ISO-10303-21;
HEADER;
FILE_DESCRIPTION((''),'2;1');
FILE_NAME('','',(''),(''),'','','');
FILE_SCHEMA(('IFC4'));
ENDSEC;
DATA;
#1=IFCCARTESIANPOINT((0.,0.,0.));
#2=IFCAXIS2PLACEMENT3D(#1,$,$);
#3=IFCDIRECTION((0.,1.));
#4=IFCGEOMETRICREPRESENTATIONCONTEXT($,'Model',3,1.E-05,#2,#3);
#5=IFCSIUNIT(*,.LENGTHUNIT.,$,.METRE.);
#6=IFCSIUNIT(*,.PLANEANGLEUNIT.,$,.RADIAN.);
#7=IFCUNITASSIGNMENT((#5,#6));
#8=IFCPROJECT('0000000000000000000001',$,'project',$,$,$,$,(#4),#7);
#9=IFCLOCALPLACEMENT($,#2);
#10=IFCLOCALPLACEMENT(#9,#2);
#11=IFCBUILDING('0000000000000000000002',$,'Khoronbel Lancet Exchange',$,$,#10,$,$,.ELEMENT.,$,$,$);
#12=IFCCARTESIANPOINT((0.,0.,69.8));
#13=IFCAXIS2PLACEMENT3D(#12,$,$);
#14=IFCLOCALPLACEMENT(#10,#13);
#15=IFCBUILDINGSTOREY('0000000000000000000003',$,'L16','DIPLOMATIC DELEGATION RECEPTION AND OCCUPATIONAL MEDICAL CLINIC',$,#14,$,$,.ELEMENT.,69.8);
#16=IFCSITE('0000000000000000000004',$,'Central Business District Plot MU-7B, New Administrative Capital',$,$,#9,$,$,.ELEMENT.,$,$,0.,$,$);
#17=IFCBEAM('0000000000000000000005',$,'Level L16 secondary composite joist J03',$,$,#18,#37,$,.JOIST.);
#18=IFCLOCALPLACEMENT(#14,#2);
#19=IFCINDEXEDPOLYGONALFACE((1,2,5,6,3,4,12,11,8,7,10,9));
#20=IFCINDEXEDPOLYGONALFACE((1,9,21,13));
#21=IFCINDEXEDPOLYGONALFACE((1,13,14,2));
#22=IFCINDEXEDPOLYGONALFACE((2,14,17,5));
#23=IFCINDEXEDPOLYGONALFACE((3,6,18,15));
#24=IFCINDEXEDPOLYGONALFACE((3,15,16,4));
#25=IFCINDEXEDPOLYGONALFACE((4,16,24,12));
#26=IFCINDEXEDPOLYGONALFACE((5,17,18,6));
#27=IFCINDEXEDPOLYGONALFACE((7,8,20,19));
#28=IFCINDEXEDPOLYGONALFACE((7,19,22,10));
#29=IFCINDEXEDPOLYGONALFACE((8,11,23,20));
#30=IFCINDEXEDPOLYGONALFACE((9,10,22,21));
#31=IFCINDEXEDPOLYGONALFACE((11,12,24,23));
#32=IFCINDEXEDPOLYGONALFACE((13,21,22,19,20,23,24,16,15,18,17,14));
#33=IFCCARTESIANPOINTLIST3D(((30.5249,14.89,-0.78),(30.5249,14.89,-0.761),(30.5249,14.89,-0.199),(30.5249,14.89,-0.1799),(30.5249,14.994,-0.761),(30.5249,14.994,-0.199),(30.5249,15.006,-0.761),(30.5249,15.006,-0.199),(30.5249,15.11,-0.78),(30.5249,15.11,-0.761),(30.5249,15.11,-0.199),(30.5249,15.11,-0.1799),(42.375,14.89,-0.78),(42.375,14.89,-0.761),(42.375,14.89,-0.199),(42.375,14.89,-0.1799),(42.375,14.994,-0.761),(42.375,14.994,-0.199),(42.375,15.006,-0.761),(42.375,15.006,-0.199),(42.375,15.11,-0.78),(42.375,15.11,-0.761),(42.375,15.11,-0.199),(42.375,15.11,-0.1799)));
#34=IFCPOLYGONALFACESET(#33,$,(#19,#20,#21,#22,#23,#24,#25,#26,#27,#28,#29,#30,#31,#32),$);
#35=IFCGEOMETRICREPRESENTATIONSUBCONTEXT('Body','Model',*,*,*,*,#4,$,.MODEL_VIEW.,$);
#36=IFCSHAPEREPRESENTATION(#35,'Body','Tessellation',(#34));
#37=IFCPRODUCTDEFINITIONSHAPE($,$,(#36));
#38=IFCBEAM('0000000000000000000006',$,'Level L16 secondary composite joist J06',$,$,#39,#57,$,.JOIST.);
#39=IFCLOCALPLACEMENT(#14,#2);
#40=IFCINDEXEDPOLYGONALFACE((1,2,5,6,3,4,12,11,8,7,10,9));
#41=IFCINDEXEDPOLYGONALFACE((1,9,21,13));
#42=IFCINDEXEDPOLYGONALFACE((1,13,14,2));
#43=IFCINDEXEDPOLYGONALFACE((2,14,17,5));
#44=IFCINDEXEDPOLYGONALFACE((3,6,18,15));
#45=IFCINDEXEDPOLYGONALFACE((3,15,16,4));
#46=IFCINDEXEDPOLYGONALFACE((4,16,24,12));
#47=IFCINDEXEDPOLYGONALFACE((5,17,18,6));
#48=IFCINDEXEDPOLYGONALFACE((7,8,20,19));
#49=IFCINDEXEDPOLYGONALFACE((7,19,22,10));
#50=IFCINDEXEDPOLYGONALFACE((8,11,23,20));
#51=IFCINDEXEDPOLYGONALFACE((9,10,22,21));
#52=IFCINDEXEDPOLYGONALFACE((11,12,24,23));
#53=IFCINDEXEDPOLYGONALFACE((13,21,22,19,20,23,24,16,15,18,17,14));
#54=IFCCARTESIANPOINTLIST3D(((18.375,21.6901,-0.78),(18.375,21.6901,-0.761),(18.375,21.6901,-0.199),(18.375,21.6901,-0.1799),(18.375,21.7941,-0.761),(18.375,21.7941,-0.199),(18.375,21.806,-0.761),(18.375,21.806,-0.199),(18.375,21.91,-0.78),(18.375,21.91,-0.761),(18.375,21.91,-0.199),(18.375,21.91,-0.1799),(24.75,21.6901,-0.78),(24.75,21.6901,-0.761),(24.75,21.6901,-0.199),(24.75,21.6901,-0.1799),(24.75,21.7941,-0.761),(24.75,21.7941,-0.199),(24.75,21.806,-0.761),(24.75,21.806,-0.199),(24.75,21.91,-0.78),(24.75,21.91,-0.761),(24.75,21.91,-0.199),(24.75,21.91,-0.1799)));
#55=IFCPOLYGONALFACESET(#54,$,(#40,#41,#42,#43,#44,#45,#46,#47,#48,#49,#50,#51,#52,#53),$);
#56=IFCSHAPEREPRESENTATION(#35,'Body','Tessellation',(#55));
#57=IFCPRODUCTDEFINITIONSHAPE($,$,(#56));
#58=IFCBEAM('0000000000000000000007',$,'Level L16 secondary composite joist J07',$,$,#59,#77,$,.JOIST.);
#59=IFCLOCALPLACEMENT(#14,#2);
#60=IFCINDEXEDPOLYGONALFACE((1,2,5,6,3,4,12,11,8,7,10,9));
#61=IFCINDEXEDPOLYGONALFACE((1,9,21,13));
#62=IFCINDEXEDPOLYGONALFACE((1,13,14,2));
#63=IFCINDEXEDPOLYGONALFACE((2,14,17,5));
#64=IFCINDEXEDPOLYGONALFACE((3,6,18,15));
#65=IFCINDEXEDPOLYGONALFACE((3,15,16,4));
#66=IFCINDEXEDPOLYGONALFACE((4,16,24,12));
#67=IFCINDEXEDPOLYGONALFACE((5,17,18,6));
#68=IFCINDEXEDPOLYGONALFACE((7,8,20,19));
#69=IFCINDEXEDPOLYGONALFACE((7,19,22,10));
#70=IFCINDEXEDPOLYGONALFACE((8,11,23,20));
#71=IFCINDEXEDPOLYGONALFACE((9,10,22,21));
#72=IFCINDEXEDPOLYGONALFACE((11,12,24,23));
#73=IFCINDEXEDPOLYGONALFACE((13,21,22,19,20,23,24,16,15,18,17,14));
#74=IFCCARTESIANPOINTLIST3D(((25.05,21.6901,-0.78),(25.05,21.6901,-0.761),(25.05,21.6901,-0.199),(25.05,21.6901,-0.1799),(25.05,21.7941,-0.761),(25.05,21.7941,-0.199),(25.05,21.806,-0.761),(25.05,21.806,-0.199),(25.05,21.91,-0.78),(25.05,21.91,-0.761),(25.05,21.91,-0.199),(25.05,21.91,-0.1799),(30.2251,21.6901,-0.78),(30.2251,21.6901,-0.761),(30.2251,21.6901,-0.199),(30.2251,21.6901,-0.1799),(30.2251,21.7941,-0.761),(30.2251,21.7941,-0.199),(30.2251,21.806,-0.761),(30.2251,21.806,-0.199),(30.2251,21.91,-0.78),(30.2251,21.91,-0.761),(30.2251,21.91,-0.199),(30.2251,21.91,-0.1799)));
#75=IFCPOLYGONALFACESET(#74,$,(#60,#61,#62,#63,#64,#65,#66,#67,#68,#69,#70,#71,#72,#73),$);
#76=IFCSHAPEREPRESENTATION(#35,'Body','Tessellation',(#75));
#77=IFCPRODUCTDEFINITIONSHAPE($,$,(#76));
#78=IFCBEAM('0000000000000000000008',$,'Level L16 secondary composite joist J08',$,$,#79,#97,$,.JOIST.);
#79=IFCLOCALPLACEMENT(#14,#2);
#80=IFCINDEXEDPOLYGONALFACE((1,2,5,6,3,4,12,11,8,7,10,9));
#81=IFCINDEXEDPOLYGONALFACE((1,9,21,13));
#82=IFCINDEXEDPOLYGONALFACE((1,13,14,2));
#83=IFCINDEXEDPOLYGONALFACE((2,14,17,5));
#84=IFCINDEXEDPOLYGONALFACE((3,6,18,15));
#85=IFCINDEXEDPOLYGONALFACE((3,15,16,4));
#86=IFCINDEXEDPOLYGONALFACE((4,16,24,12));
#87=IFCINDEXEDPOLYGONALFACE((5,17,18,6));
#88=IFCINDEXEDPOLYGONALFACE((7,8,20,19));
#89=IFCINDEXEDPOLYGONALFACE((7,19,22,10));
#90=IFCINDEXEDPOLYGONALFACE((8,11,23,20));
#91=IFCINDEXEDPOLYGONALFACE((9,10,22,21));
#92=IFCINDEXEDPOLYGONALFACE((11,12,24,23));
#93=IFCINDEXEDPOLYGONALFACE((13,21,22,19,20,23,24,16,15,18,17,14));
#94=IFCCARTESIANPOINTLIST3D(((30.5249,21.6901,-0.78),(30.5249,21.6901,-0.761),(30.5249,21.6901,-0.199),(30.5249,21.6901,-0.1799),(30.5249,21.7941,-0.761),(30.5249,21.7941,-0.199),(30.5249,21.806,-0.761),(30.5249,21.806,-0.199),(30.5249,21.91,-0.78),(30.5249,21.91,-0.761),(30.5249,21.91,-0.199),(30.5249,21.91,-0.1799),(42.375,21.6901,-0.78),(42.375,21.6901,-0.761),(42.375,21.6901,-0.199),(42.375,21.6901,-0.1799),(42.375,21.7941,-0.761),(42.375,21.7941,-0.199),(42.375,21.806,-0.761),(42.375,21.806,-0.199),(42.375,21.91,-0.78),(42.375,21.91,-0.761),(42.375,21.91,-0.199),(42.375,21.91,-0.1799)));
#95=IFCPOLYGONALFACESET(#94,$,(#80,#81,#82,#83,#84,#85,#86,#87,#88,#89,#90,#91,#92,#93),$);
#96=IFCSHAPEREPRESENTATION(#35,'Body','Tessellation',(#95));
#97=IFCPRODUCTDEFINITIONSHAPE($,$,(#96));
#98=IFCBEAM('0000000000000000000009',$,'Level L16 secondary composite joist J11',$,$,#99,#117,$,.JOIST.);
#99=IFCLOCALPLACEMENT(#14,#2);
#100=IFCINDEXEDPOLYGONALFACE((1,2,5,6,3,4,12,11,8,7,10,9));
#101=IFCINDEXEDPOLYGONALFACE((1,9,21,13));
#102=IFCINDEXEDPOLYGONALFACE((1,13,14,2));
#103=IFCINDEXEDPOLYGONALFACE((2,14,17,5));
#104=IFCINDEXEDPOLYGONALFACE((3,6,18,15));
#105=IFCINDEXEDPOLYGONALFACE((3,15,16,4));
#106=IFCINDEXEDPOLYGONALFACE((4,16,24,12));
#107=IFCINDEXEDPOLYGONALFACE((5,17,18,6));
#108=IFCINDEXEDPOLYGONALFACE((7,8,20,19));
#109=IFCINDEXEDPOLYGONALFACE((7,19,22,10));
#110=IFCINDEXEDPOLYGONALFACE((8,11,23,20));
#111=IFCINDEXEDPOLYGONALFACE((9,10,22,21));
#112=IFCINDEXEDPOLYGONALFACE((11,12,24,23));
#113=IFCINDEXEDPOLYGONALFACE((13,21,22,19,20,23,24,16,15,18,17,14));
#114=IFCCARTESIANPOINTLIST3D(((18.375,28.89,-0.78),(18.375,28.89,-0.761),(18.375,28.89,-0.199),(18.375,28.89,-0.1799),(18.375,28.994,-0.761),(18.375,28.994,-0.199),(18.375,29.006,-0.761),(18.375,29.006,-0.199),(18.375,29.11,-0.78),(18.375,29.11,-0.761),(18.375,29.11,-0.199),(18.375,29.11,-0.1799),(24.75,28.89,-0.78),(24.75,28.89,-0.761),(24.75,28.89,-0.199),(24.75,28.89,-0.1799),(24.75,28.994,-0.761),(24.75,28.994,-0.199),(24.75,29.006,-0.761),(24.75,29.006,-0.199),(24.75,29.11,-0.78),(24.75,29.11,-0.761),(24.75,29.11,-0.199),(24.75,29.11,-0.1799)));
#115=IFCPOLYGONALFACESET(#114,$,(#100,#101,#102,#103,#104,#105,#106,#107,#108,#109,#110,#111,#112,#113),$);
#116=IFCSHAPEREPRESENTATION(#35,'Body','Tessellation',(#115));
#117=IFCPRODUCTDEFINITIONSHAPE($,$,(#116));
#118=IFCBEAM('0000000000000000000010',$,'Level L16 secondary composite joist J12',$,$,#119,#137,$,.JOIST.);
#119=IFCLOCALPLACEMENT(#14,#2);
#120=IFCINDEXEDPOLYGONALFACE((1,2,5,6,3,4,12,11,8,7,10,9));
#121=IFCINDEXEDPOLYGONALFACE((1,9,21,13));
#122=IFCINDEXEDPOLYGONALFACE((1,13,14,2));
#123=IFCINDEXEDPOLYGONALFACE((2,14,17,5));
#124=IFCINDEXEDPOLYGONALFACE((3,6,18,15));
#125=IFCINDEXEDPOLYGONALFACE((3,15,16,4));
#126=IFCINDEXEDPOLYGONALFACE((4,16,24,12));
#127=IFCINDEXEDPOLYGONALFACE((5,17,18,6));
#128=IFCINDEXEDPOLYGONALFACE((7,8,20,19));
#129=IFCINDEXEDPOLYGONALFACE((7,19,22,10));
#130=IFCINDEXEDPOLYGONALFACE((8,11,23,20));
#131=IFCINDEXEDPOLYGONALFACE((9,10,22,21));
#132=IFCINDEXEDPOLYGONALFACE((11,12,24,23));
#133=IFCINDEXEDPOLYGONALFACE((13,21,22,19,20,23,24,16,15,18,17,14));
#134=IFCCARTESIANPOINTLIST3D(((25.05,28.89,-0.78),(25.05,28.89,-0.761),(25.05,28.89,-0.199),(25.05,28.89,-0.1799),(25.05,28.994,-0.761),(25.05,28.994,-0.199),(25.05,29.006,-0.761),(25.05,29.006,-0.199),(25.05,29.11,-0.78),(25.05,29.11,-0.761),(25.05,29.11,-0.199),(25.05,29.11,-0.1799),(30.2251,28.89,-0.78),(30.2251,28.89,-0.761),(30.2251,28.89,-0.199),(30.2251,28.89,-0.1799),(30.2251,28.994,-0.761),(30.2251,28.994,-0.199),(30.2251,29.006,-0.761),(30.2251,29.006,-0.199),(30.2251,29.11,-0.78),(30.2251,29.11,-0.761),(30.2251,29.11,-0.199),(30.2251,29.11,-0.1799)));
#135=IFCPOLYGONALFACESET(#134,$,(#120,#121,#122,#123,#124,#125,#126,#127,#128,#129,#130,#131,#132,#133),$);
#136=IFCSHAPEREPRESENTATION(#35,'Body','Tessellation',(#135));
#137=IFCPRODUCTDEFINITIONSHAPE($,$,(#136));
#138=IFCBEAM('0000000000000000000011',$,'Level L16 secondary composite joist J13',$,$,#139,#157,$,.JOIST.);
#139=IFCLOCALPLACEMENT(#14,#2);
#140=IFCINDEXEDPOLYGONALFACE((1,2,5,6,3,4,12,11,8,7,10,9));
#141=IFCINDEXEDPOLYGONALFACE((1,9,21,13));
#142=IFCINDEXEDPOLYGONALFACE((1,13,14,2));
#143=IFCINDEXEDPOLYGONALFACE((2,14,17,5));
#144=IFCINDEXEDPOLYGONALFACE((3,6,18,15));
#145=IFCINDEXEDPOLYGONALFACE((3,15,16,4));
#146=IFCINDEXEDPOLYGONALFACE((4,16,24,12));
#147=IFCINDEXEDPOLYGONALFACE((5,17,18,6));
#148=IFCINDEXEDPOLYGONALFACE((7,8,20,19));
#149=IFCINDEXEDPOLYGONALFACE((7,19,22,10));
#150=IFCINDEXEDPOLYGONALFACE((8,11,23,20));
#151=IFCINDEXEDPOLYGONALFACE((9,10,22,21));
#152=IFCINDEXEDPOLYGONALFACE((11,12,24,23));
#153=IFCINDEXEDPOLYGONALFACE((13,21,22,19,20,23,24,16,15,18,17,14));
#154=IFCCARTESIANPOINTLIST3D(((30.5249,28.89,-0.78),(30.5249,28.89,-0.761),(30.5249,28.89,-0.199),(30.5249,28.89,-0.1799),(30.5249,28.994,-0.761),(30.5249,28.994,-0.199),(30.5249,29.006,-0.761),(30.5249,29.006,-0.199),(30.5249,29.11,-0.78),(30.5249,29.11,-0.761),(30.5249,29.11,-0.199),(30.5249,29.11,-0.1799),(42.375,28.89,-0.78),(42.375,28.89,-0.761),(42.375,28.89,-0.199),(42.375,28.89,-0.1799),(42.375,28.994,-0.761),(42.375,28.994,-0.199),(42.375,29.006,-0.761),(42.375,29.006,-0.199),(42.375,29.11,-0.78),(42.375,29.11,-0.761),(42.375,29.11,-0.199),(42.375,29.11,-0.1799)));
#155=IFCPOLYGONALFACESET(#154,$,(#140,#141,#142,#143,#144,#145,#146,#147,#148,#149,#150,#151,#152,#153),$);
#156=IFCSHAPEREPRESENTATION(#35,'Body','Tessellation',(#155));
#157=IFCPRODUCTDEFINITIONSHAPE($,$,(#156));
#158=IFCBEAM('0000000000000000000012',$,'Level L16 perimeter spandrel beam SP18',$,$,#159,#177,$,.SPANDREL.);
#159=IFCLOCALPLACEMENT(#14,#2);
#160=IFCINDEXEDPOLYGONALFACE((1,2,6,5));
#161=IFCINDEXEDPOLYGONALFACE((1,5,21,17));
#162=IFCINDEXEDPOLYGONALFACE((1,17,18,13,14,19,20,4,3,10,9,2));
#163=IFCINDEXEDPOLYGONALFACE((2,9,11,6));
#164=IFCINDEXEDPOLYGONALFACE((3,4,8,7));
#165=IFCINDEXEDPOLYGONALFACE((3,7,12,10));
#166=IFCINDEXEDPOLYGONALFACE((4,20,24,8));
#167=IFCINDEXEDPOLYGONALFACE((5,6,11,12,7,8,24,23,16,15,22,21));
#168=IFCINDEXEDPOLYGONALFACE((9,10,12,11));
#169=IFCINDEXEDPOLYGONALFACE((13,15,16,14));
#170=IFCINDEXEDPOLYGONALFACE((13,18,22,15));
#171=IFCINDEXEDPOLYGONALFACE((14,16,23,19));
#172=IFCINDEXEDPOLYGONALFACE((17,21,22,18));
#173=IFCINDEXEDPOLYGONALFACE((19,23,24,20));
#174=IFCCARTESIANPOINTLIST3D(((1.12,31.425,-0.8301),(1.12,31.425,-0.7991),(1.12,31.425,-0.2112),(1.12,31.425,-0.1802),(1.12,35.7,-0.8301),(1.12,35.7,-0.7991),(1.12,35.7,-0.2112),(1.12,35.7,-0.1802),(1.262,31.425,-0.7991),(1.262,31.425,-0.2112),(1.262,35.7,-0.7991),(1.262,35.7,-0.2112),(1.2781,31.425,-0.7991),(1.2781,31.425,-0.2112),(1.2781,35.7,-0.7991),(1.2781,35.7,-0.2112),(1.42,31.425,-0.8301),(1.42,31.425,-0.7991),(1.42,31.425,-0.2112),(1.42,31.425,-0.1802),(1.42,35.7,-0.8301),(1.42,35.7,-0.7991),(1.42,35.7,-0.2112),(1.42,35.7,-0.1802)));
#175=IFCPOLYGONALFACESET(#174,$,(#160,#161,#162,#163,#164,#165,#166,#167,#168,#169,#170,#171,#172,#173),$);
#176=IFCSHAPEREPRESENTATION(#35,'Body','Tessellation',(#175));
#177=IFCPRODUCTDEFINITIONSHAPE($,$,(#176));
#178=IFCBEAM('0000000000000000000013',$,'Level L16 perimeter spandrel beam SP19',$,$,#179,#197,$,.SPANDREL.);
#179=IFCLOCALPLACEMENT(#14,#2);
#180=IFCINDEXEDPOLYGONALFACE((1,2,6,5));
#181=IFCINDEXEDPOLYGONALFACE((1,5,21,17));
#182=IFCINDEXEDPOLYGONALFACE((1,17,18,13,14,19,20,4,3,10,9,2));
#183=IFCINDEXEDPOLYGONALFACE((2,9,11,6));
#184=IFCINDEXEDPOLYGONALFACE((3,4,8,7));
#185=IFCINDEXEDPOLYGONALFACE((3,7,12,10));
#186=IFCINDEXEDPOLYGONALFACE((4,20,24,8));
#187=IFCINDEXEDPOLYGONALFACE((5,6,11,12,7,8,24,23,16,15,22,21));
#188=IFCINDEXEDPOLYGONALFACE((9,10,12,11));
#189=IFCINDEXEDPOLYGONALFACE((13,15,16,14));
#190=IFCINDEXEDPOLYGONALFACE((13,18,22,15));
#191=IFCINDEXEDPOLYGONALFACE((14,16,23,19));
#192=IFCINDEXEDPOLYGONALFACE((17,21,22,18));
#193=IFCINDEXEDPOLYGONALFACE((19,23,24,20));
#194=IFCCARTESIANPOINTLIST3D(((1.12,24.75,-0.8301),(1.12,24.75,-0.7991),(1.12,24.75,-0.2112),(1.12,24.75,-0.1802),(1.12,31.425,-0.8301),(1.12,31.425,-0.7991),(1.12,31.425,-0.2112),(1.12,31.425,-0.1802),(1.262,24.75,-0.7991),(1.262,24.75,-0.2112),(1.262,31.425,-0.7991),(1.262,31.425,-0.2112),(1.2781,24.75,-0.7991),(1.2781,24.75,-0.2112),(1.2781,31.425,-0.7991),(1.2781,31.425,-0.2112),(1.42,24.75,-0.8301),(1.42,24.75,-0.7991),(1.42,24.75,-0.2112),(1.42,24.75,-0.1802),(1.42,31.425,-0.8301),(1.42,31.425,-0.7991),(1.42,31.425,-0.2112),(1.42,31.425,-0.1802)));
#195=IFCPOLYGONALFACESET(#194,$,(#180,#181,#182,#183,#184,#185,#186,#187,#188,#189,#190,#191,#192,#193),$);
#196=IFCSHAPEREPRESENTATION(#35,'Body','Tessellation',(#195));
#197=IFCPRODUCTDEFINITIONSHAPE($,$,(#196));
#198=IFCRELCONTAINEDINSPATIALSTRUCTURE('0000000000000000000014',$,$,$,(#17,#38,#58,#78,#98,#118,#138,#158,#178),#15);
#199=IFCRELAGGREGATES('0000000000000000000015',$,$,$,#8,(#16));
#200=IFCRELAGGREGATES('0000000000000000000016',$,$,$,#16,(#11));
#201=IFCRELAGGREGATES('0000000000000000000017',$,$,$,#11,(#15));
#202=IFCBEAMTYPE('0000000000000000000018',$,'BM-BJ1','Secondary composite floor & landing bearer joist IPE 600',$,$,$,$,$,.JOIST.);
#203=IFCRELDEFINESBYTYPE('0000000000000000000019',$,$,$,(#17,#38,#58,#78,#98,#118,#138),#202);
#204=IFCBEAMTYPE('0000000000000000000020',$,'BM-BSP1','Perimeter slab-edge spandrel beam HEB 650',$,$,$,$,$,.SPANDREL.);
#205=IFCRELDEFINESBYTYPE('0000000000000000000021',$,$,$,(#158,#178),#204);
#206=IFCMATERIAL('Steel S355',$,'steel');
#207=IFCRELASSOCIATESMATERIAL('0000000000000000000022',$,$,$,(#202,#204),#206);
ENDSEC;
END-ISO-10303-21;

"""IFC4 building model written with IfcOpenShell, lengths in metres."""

from ifc_helpers import new_model, si_unit, direction, frame, origin, origin_2d, place, context, subcontext, project, spatial, i_section, extrude, material, material_profile, profile_set, type_object, element, save


model = new_model("IFC4")

# Units and contexts
model_context = context("Model", 3, precision=1e-05, world=origin(), true_north=direction((0.0, 1.0)))
body_context = subcontext(model_context, "Body", "Model", "MODEL_VIEW")
ifc_project = project(units=[si_unit("LENGTHUNIT", "METRE"), si_unit("PLANEANGLEUNIT", "RADIAN")], contexts=[model_context])

# Site, building, storey
site_placement = place(None, origin())
site = spatial("IfcSite", under=ifc_project, at=site_placement, Name="Central Business District Plot MU-7B, New Administrative Capital", CompositionType="ELEMENT", RefElevation=0.0)
building_placement = place(site_placement, origin())
building = spatial("IfcBuilding", under=site, at=building_placement, Name="Khoronbel Lancet Exchange", CompositionType="ELEMENT")
storey_placement = place(building_placement, frame((0.0, 0.0, 69.8)))
storey = spatial("IfcBuildingStorey", under=building, at=storey_placement, Name="L16", Description="DIPLOMATIC DELEGATION RECEPTION AND OCCUPATIONAL MEDICAL CLINIC", CompositionType="ELEMENT", Elevation=69.8)

# Shared definitions
ifc_material_1 = material(Name="Steel S355", Category="steel")

# Beams
ifc_material_profile_1 = material_profile(ifc_material_1, i_section(OverallWidth=0.22, OverallDepth=0.6001, WebThickness=0.012, FlangeThickness=0.019, at=origin_2d()), Name="IPE 600")
ifc_profile_set_1 = profile_set([ifc_material_profile_1], Name="Steel S355")
beam_type_1 = type_object("IfcBeamType", Name="BM-BJ1", Description="Secondary composite floor & landing bearer joist IPE 600", PredefinedType="JOIST", material=ifc_profile_set_1)
beam_1_placement = place(storey_placement, frame((30.5249, 15.0, -0.48), z_axis=(1.0, 0.0, 0.0), x_axis=(0.0, 1.0, 0.0)))
element("IfcBeam", 1, at=beam_1_placement, inside=storey, type_object=beam_type_1, Name="Level L16 secondary composite joist J03", PredefinedType="JOIST", context=body_context, shape_type="SweptSolid", body=[
    extrude(i_section(OverallWidth=0.22, OverallDepth=0.6001, WebThickness=0.012, FlangeThickness=0.019, at=origin_2d()), origin(), (0.0, 0.0, 1.0), 11.8501),
])
beam_2_placement = place(storey_placement, frame((18.375, 21.8, -0.48), z_axis=(1.0, 0.0, 0.0), x_axis=(0.0, 1.0, 0.0)))
element("IfcBeam", 2, at=beam_2_placement, inside=storey, type_object=beam_type_1, Name="Level L16 secondary composite joist J06", PredefinedType="JOIST", context=body_context, shape_type="SweptSolid", body=[
    extrude(i_section(OverallWidth=0.22, OverallDepth=0.6001, WebThickness=0.012, FlangeThickness=0.019, at=origin_2d()), origin(), (0.0, 0.0, 1.0), 6.375),
])
beam_3_placement = place(storey_placement, frame((25.05, 21.8, -0.48), z_axis=(1.0, 0.0, 0.0), x_axis=(0.0, 1.0, 0.0)))
element("IfcBeam", 3, at=beam_3_placement, inside=storey, type_object=beam_type_1, Name="Level L16 secondary composite joist J07", PredefinedType="JOIST", context=body_context, shape_type="SweptSolid", body=[
    extrude(i_section(OverallWidth=0.22, OverallDepth=0.6001, WebThickness=0.012, FlangeThickness=0.019, at=origin_2d()), origin(), (0.0, 0.0, 1.0), 5.175),
])
beam_4_placement = place(storey_placement, frame((30.5249, 21.8, -0.48), z_axis=(1.0, 0.0, 0.0), x_axis=(0.0, 1.0, 0.0)))
element("IfcBeam", 4, at=beam_4_placement, inside=storey, type_object=beam_type_1, Name="Level L16 secondary composite joist J08", PredefinedType="JOIST", context=body_context, shape_type="SweptSolid", body=[
    extrude(i_section(OverallWidth=0.22, OverallDepth=0.6001, WebThickness=0.012, FlangeThickness=0.019, at=origin_2d()), origin(), (0.0, 0.0, 1.0), 11.8501),
])
beam_5_placement = place(storey_placement, frame((18.375, 29.0, -0.48), z_axis=(1.0, 0.0, 0.0), x_axis=(0.0, 1.0, 0.0)))
element("IfcBeam", 5, at=beam_5_placement, inside=storey, type_object=beam_type_1, Name="Level L16 secondary composite joist J11", PredefinedType="JOIST", context=body_context, shape_type="SweptSolid", body=[
    extrude(i_section(OverallWidth=0.22, OverallDepth=0.6001, WebThickness=0.012, FlangeThickness=0.019, at=origin_2d()), origin(), (0.0, 0.0, 1.0), 6.375),
])
beam_6_placement = place(storey_placement, frame((25.05, 29.0, -0.48), z_axis=(1.0, 0.0, 0.0), x_axis=(0.0, 1.0, 0.0)))
element("IfcBeam", 6, at=beam_6_placement, inside=storey, type_object=beam_type_1, Name="Level L16 secondary composite joist J12", PredefinedType="JOIST", context=body_context, shape_type="SweptSolid", body=[
    extrude(i_section(OverallWidth=0.22, OverallDepth=0.6001, WebThickness=0.012, FlangeThickness=0.019, at=origin_2d()), origin(), (0.0, 0.0, 1.0), 5.175),
])
beam_7_placement = place(storey_placement, frame((30.5249, 29.0, -0.48), z_axis=(1.0, 0.0, 0.0), x_axis=(0.0, 1.0, 0.0)))
element("IfcBeam", 7, at=beam_7_placement, inside=storey, type_object=beam_type_1, Name="Level L16 secondary composite joist J13", PredefinedType="JOIST", context=body_context, shape_type="SweptSolid", body=[
    extrude(i_section(OverallWidth=0.22, OverallDepth=0.6001, WebThickness=0.012, FlangeThickness=0.019, at=origin_2d()), origin(), (0.0, 0.0, 1.0), 11.8501),
])
ifc_material_profile_2 = material_profile(ifc_material_1, i_section(OverallWidth=0.3, OverallDepth=0.6499, WebThickness=0.0161, FlangeThickness=0.031, at=origin_2d()), Name="HEB 650")
ifc_profile_set_2 = profile_set([ifc_material_profile_2], Name="Steel S355")
beam_type_2 = type_object("IfcBeamType", Name="BM-BSP1", Description="Perimeter slab-edge spandrel beam HEB 650", PredefinedType="SPANDREL", material=ifc_profile_set_2)
beam_8_placement = place(storey_placement, frame((1.27, 35.7, -0.5051), z_axis=(0.0, -1.0, 0.0), x_axis=(1.0, 0.0, 0.0)))
element("IfcBeam", 8, at=beam_8_placement, inside=storey, type_object=beam_type_2, Name="Level L16 perimeter spandrel beam SP18", PredefinedType="SPANDREL", context=body_context, shape_type="SweptSolid", body=[
    extrude(i_section(OverallWidth=0.3, OverallDepth=0.6499, WebThickness=0.0161, FlangeThickness=0.031, at=origin_2d()), origin(), (0.0, 0.0, 1.0), 4.2749),
])
beam_9_placement = place(storey_placement, frame((1.27, 31.425, -0.5051), z_axis=(0.0, -1.0, 0.0), x_axis=(1.0, 0.0, 0.0)))
element("IfcBeam", 9, at=beam_9_placement, inside=storey, type_object=beam_type_2, Name="Level L16 perimeter spandrel beam SP19", PredefinedType="SPANDREL", context=body_context, shape_type="SweptSolid", body=[
    extrude(i_section(OverallWidth=0.3, OverallDepth=0.6499, WebThickness=0.0161, FlangeThickness=0.031, at=origin_2d()), origin(), (0.0, 0.0, 1.0), 6.675),
])

save(model, "model.ifc")
